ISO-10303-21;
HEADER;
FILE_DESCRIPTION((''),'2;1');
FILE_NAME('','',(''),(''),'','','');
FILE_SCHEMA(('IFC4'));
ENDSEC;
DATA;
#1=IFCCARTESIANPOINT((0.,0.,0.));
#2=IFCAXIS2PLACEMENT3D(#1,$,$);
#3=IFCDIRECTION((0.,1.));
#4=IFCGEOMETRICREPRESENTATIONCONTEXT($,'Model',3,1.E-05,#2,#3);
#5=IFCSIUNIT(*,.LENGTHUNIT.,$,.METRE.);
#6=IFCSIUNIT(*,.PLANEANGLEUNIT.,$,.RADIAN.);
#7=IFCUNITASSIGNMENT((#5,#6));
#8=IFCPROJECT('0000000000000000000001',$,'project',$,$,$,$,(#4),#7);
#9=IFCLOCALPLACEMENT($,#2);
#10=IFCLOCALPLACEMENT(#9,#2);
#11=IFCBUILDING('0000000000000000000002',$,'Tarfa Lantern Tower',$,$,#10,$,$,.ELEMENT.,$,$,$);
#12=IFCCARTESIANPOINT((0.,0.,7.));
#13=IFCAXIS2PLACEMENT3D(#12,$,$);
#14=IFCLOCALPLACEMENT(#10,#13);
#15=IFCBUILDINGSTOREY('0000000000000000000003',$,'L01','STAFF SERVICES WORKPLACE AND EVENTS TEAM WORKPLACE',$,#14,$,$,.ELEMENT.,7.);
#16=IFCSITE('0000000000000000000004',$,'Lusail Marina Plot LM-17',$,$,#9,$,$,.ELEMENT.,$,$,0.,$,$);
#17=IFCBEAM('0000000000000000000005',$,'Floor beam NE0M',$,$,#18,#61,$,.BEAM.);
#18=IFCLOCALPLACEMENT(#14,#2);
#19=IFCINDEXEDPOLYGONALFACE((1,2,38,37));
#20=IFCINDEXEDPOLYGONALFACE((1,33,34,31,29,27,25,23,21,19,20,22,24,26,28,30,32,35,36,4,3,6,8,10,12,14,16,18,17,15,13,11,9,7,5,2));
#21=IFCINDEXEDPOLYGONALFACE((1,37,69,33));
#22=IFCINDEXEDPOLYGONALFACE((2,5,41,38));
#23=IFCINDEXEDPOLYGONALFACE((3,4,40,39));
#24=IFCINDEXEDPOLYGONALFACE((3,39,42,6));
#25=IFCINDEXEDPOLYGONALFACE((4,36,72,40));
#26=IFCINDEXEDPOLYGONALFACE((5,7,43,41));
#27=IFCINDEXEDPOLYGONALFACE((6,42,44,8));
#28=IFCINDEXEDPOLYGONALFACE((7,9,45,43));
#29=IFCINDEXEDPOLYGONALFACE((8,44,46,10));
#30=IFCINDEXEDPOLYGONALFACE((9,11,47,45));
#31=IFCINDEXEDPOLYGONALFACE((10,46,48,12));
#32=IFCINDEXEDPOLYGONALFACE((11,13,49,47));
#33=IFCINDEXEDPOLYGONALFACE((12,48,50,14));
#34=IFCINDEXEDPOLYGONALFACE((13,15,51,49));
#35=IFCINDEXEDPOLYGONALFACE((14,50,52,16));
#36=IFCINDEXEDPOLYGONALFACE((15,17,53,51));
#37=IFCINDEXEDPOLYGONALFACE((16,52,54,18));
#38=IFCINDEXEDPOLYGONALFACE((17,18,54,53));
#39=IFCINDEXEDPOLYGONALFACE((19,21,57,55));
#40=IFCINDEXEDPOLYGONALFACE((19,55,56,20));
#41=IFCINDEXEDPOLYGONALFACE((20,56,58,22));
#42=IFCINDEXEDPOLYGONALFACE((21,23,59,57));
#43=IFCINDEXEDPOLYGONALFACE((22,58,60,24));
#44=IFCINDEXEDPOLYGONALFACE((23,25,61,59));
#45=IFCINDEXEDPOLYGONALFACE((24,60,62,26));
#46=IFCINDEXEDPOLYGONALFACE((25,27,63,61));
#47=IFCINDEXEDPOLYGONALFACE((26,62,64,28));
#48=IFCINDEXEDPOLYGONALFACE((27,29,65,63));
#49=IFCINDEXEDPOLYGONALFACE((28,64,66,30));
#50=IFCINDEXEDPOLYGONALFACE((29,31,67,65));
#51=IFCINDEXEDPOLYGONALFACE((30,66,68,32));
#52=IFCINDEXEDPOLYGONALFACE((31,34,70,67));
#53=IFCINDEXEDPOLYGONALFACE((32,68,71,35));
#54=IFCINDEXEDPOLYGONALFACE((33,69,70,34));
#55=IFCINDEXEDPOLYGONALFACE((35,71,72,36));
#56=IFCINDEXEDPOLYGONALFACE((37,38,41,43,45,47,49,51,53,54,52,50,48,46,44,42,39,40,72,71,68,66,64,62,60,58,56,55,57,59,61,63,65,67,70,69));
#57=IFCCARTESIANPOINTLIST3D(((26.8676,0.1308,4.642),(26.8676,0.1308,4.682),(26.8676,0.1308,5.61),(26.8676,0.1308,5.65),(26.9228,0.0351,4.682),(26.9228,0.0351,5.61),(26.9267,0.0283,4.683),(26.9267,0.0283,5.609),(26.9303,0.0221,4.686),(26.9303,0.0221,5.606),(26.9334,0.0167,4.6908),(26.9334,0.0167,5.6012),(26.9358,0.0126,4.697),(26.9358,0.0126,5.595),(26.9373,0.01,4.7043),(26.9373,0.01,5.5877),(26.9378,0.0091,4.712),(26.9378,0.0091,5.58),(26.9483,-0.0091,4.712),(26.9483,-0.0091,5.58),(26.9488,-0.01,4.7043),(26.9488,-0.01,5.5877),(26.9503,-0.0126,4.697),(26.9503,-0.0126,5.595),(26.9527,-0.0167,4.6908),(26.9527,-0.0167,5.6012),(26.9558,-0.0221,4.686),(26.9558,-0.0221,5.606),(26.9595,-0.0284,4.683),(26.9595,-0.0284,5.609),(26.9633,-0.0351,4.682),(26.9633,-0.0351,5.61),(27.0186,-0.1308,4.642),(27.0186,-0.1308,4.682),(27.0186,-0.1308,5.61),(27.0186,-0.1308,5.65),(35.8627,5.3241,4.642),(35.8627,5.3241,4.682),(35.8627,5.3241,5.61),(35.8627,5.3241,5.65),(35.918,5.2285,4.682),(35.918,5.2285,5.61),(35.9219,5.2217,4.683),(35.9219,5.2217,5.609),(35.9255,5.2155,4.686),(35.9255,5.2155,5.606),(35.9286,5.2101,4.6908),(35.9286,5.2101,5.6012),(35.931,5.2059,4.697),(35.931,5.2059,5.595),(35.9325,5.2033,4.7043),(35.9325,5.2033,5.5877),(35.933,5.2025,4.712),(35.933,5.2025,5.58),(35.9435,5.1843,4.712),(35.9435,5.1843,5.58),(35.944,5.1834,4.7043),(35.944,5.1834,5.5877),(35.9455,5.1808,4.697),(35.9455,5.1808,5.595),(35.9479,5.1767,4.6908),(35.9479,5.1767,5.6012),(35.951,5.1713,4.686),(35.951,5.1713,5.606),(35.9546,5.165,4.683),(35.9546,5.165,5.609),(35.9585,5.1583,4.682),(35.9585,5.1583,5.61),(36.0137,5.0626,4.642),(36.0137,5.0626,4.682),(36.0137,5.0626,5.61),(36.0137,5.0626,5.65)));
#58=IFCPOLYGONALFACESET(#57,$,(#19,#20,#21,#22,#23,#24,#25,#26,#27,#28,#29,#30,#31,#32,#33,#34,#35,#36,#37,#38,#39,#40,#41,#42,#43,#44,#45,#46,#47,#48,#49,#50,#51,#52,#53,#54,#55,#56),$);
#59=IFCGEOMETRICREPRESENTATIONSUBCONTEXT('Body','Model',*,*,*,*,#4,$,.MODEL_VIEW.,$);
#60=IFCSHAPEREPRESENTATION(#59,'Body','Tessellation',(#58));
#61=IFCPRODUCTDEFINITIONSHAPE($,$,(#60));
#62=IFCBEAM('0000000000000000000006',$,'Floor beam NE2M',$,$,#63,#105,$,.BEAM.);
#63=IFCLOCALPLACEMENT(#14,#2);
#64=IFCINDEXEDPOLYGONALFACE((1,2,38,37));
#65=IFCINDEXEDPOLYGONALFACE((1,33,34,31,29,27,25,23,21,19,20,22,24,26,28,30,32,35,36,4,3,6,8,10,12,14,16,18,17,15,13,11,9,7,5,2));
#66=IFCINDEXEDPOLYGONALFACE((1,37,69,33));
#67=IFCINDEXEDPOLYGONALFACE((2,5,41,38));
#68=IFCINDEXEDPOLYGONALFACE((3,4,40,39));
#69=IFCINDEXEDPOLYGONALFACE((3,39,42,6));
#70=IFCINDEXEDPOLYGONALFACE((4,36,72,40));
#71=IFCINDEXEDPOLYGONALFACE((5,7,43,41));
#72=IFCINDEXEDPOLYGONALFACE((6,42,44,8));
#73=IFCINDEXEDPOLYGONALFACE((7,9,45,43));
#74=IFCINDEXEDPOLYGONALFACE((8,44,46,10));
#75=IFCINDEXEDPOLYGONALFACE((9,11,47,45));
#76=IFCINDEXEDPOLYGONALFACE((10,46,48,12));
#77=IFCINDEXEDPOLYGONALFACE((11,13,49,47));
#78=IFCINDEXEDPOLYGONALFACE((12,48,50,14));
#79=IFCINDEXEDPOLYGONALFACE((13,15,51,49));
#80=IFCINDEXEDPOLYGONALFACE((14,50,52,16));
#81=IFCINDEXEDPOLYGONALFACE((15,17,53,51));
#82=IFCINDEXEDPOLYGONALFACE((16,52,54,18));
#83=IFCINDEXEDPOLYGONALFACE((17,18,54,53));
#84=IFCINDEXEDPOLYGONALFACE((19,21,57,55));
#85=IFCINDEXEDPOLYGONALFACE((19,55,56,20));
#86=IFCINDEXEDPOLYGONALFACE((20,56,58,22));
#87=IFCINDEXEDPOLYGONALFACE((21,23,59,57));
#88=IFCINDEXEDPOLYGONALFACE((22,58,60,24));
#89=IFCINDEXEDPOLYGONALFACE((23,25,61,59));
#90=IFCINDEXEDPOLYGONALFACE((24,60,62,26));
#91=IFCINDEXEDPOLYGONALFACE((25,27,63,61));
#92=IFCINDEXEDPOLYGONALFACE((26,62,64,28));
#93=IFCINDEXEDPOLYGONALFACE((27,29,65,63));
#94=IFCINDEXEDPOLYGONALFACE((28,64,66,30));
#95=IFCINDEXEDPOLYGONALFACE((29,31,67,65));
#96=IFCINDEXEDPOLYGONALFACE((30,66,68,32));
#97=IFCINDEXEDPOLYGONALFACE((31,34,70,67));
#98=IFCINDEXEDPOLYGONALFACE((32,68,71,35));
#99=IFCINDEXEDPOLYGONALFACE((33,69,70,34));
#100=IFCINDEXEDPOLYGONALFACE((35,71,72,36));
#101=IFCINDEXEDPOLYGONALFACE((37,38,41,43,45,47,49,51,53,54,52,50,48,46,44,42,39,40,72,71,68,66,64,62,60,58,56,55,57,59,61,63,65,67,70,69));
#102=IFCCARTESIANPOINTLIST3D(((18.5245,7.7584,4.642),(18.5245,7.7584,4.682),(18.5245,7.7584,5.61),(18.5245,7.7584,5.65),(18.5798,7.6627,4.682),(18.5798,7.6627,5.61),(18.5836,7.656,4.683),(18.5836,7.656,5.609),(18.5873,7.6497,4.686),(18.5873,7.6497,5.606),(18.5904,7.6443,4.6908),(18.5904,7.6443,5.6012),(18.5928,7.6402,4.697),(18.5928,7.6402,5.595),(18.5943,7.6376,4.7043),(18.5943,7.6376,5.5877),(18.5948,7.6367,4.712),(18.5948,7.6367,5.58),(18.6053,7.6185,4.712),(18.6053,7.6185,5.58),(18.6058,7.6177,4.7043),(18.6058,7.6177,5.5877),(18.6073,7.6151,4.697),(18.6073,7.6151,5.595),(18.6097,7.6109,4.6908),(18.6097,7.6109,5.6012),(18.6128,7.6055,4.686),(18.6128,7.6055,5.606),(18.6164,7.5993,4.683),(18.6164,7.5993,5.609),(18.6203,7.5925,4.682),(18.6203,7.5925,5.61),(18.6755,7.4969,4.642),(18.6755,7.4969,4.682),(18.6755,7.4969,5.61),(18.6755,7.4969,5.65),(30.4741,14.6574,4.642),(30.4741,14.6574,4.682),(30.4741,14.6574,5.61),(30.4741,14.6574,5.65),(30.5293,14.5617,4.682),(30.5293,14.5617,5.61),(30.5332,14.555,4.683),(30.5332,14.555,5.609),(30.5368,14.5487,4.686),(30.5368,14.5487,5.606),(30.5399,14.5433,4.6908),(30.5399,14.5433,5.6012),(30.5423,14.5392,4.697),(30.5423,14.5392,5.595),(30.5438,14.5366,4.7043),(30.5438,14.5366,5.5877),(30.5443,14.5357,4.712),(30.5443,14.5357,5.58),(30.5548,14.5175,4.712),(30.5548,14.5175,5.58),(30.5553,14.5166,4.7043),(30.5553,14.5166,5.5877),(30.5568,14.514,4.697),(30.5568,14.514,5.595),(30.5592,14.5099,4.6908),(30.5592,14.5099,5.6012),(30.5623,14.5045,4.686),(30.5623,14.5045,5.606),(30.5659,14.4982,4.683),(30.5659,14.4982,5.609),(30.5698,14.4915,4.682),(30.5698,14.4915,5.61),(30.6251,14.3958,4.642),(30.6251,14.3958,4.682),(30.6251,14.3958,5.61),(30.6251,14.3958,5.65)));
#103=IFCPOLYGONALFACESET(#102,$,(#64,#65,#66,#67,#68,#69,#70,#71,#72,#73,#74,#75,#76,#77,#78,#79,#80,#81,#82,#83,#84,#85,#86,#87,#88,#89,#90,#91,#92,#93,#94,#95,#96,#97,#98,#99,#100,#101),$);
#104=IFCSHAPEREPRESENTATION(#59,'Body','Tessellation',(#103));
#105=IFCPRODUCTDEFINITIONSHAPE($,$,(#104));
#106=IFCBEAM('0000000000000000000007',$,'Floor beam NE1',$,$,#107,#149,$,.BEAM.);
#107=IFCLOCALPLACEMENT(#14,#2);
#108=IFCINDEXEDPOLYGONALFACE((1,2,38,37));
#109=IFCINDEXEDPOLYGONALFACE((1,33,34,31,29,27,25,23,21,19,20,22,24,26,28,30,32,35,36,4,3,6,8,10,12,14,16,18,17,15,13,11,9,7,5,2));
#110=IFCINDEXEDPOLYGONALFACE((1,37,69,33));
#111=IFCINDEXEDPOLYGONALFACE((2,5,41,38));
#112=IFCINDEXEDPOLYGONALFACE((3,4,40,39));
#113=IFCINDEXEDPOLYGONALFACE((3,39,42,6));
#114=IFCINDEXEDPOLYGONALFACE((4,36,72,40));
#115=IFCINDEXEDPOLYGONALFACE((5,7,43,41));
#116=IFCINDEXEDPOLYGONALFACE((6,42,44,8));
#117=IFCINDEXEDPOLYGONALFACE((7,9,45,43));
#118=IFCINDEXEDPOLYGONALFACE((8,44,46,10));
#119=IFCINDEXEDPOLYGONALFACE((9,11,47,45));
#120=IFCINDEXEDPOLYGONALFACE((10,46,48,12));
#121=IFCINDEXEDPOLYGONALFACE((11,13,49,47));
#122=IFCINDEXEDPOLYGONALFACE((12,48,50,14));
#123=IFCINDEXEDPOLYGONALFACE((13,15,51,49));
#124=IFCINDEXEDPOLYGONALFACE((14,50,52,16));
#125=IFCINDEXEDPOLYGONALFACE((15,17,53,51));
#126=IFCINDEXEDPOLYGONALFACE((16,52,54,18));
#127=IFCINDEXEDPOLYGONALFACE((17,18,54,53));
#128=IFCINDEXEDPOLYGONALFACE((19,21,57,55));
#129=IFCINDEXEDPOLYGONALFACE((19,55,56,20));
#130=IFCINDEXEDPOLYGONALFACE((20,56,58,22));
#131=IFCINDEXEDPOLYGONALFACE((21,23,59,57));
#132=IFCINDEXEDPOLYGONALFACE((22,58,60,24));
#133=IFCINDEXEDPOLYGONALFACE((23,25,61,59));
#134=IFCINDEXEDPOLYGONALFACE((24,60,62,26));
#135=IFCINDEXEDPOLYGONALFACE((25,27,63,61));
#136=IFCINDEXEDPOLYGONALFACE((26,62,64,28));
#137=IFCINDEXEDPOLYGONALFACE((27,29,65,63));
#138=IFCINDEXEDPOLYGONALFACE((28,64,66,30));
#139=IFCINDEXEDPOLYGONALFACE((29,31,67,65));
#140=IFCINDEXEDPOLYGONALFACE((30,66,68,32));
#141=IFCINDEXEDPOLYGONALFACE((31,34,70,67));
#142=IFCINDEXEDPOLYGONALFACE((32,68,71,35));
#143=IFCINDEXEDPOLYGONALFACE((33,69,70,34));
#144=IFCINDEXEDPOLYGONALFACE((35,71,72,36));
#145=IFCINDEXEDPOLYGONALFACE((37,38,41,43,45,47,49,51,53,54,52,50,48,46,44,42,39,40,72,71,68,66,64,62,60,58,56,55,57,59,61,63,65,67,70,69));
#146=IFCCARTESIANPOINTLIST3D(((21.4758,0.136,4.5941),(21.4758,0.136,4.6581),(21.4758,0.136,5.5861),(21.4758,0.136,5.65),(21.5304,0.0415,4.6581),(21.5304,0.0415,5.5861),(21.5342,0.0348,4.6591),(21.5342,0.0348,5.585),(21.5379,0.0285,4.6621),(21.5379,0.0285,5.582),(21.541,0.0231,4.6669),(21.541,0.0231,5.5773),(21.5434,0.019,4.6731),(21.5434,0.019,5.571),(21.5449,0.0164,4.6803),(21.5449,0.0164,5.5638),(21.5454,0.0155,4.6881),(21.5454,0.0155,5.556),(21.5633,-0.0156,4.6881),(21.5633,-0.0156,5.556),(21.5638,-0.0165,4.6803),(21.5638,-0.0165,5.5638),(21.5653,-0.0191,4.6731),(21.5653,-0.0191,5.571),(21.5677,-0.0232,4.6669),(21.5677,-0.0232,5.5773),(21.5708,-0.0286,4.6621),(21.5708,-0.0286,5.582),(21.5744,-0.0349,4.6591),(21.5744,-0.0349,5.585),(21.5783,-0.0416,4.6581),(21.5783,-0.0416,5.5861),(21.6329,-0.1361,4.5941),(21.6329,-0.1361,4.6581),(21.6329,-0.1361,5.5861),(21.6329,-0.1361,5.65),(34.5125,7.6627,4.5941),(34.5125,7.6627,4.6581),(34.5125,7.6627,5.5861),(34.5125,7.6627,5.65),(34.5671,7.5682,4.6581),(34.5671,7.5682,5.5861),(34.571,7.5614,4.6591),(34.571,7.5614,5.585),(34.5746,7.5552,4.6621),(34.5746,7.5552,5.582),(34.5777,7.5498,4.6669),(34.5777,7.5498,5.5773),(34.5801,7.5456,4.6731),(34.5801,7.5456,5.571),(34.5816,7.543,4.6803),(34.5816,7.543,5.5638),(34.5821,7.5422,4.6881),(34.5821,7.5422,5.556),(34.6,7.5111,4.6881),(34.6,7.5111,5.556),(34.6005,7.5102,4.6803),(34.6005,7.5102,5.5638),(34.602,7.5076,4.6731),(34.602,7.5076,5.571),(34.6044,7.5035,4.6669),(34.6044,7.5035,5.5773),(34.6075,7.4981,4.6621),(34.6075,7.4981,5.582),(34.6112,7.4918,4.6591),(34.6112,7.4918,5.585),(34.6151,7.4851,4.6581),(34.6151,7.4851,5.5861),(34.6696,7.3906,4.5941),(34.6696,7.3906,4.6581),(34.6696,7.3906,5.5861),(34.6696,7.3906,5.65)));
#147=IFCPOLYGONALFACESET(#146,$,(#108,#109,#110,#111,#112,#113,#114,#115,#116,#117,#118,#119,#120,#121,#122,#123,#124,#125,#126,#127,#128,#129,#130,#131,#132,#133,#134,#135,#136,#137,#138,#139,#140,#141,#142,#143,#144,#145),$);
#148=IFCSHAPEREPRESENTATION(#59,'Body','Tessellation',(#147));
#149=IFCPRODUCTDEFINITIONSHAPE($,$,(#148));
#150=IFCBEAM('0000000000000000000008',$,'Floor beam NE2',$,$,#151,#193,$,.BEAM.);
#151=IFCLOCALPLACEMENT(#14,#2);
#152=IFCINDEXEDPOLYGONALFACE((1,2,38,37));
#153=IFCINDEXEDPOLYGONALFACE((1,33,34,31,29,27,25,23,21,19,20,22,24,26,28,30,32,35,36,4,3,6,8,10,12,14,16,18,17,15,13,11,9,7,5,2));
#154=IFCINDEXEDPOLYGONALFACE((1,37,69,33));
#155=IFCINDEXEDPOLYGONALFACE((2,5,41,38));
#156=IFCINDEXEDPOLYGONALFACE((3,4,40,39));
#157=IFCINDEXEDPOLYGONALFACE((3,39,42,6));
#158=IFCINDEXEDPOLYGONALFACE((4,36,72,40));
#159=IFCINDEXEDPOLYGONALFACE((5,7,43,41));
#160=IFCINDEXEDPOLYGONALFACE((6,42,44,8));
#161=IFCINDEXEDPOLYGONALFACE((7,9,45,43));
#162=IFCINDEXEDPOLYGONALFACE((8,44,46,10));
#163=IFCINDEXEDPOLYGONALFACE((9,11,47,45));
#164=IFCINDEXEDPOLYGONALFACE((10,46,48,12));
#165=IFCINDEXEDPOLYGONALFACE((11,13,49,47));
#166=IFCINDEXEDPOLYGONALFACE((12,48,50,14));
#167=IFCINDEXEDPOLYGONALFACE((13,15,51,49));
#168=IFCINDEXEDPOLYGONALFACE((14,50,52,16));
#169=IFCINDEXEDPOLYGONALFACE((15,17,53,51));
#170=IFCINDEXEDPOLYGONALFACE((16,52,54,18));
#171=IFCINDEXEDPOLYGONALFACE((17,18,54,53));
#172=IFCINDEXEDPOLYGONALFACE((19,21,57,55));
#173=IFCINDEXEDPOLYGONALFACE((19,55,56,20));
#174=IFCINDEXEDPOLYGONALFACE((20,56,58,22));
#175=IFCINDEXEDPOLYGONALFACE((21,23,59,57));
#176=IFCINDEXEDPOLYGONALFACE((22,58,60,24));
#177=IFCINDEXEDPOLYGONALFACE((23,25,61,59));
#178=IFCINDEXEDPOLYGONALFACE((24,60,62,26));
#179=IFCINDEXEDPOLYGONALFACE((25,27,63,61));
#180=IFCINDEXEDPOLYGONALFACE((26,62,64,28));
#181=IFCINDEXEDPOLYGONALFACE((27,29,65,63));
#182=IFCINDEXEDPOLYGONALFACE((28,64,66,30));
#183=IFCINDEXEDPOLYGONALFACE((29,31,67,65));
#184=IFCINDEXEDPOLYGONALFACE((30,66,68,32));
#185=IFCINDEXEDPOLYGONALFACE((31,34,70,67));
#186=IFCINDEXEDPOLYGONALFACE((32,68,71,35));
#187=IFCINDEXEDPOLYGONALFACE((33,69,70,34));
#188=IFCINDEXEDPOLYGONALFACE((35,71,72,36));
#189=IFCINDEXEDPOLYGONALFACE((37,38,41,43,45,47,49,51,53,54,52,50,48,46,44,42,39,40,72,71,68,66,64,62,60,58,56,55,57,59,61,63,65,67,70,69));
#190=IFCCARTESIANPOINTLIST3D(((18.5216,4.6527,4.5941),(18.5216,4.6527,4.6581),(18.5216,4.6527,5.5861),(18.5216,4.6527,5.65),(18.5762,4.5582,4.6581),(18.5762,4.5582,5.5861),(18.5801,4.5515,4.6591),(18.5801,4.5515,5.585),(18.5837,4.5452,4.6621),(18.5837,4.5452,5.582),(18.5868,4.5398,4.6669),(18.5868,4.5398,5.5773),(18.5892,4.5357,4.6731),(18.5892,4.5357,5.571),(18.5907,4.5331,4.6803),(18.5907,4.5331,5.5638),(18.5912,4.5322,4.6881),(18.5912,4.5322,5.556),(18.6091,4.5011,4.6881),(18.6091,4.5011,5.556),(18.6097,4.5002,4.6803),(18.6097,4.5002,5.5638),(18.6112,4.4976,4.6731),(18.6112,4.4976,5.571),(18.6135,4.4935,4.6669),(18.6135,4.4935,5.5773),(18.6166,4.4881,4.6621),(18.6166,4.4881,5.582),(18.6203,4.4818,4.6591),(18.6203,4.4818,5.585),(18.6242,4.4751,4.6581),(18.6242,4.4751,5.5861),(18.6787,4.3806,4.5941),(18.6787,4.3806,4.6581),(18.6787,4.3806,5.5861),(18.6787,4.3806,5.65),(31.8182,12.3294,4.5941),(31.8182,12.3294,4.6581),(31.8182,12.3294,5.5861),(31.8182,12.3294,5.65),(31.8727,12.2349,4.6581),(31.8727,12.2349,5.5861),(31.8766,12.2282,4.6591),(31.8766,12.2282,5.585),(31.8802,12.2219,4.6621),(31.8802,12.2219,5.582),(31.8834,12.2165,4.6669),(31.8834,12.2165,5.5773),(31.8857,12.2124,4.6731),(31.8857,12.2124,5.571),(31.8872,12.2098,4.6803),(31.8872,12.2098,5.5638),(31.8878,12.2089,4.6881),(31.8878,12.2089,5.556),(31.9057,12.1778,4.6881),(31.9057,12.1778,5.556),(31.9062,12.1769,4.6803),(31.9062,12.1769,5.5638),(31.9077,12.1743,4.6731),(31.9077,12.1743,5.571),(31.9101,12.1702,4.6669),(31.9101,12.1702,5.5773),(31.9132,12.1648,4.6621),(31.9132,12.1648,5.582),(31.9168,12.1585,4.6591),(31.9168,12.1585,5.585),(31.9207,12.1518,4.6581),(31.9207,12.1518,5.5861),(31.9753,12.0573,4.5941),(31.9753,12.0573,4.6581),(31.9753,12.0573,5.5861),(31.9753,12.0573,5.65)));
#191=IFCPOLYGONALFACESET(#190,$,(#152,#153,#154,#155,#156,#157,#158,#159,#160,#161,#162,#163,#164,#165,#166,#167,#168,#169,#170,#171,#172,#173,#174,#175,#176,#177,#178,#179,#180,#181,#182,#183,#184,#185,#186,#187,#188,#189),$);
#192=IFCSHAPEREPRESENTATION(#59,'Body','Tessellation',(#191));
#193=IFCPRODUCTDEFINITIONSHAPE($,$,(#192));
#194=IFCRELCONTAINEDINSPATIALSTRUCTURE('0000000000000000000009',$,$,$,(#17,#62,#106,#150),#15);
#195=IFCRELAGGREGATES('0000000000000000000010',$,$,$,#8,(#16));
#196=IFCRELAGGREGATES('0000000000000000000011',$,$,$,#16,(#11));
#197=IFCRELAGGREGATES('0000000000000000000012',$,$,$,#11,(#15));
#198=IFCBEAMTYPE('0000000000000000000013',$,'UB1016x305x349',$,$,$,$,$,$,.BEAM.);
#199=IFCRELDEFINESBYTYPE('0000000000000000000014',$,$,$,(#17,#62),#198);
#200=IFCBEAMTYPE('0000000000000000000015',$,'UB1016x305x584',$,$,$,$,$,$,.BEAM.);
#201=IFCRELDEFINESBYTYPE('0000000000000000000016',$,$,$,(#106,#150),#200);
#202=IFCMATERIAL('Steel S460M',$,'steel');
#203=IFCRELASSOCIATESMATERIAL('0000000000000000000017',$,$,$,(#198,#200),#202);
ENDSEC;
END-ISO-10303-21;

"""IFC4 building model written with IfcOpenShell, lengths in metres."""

from ifc_helpers import new_model, si_unit, direction, frame, origin, origin_2d, place, context, subcontext, project, spatial, i_section, extrude, material, material_profile, profile_set, type_object, element, save


model = new_model("IFC4")

# Units and contexts
model_context = context("Model", 3, precision=1e-05, world=origin(), true_north=direction((0.0, 1.0)))
body_context = subcontext(model_context, "Body", "Model", "MODEL_VIEW")
ifc_project = project(units=[si_unit("LENGTHUNIT", "METRE"), si_unit("PLANEANGLEUNIT", "RADIAN")], contexts=[model_context])

# Site, building, storey
site_placement = place(None, origin())
site = spatial("IfcSite", under=ifc_project, at=site_placement, Name="Lusail Marina Plot LM-17", CompositionType="ELEMENT", RefElevation=0.0)
building_placement = place(site_placement, origin())
building = spatial("IfcBuilding", under=site, at=building_placement, Name="Tarfa Lantern Tower", CompositionType="ELEMENT")
storey_placement = place(building_placement, frame((0.0, 0.0, 7.0)))
storey = spatial("IfcBuildingStorey", under=building, at=storey_placement, Name="L01", Description="STAFF SERVICES WORKPLACE AND EVENTS TEAM WORKPLACE", CompositionType="ELEMENT", Elevation=7.0)

# Beams
ifc_material_1 = material(Name="Steel S460M", Category="steel")
ifc_material_profile_1 = material_profile(ifc_material_1, i_section(OverallWidth=0.302, OverallDepth=1.0081, WebThickness=0.021, FlangeThickness=0.04, FilletRadius=0.03, at=origin_2d()), Name="UB1016x305x349")
ifc_profile_set_1 = profile_set([ifc_material_profile_1], Name="Steel S460M")
beam_type_1 = type_object("IfcBeamType", Name="UB1016x305x349", PredefinedType="BEAM", material=ifc_profile_set_1)
beam_1_placement = place(storey_placement, frame((35.9382, 5.1934, 5.146), z_axis=(-0.866024, -0.500002, 0.0), x_axis=(0.500002, -0.866024, 0.0)))
element("IfcBeam", 1, at=beam_1_placement, inside=storey, type_object=beam_type_1, Name="Floor beam NE0M", PredefinedType="BEAM", context=body_context, shape_type="SweptSolid", body=[
    extrude(i_section(OverallWidth=0.302, OverallDepth=1.0081, WebThickness=0.021, FlangeThickness=0.04, FilletRadius=0.03, at=origin_2d()), origin(), (0.0, 0.0, 1.0), 10.3867),
])
beam_2_placement = place(storey_placement, frame((30.5496, 14.5266, 5.146), z_axis=(-0.866029, -0.499995, 0.0), x_axis=(0.499995, -0.866029, 0.0)))
element("IfcBeam", 2, at=beam_2_placement, inside=storey, type_object=beam_type_1, Name="Floor beam NE2M", PredefinedType="BEAM", context=body_context, shape_type="SweptSolid", body=[
    extrude(i_section(OverallWidth=0.302, OverallDepth=1.0081, WebThickness=0.021, FlangeThickness=0.04, FilletRadius=0.03, at=origin_2d()), origin(), (0.0, 0.0, 1.0), 13.7981),
])
ifc_material_profile_2 = material_profile(ifc_material_1, i_section(OverallWidth=0.3142, OverallDepth=1.0559, WebThickness=0.0359, FlangeThickness=0.064, FilletRadius=0.03, at=origin_2d()), Name="UB1016x305x584")
ifc_profile_set_2 = profile_set([ifc_material_profile_2], Name="Steel S460M")
beam_type_2 = type_object("IfcBeamType", Name="UB1016x305x584", PredefinedType="BEAM", material=ifc_profile_set_2)
beam_3_placement = place(storey_placement, frame((34.5911, 7.5266, 5.1221), z_axis=(-0.866028, -0.499996, 0.0), x_axis=(0.499996, -0.866028, 0.0)))
element("IfcBeam", 3, at=beam_3_placement, inside=storey, type_object=beam_type_2, Name="Floor beam NE1", PredefinedType="BEAM", context=body_context, shape_type="SweptSolid", body=[
    extrude(i_section(OverallWidth=0.3142, OverallDepth=1.0559, WebThickness=0.0359, FlangeThickness=0.064, FilletRadius=0.03, at=origin_2d()), origin(), (0.0, 0.0, 1.0), 15.0535),
])
beam_4_placement = place(storey_placement, frame((31.8967, 12.1934, 5.1221), z_axis=(-0.866027, -0.499997, 0.0), x_axis=(0.499997, -0.866027, 0.0)))
element("IfcBeam", 4, at=beam_4_placement, inside=storey, type_object=beam_type_2, Name="Floor beam NE2", PredefinedType="BEAM", context=body_context, shape_type="SweptSolid", body=[
    extrude(i_section(OverallWidth=0.3142, OverallDepth=1.0559, WebThickness=0.0359, FlangeThickness=0.064, FilletRadius=0.03, at=origin_2d()), origin(), (0.0, 0.0, 1.0), 15.3535),
])

save(model, "model.ifc")
